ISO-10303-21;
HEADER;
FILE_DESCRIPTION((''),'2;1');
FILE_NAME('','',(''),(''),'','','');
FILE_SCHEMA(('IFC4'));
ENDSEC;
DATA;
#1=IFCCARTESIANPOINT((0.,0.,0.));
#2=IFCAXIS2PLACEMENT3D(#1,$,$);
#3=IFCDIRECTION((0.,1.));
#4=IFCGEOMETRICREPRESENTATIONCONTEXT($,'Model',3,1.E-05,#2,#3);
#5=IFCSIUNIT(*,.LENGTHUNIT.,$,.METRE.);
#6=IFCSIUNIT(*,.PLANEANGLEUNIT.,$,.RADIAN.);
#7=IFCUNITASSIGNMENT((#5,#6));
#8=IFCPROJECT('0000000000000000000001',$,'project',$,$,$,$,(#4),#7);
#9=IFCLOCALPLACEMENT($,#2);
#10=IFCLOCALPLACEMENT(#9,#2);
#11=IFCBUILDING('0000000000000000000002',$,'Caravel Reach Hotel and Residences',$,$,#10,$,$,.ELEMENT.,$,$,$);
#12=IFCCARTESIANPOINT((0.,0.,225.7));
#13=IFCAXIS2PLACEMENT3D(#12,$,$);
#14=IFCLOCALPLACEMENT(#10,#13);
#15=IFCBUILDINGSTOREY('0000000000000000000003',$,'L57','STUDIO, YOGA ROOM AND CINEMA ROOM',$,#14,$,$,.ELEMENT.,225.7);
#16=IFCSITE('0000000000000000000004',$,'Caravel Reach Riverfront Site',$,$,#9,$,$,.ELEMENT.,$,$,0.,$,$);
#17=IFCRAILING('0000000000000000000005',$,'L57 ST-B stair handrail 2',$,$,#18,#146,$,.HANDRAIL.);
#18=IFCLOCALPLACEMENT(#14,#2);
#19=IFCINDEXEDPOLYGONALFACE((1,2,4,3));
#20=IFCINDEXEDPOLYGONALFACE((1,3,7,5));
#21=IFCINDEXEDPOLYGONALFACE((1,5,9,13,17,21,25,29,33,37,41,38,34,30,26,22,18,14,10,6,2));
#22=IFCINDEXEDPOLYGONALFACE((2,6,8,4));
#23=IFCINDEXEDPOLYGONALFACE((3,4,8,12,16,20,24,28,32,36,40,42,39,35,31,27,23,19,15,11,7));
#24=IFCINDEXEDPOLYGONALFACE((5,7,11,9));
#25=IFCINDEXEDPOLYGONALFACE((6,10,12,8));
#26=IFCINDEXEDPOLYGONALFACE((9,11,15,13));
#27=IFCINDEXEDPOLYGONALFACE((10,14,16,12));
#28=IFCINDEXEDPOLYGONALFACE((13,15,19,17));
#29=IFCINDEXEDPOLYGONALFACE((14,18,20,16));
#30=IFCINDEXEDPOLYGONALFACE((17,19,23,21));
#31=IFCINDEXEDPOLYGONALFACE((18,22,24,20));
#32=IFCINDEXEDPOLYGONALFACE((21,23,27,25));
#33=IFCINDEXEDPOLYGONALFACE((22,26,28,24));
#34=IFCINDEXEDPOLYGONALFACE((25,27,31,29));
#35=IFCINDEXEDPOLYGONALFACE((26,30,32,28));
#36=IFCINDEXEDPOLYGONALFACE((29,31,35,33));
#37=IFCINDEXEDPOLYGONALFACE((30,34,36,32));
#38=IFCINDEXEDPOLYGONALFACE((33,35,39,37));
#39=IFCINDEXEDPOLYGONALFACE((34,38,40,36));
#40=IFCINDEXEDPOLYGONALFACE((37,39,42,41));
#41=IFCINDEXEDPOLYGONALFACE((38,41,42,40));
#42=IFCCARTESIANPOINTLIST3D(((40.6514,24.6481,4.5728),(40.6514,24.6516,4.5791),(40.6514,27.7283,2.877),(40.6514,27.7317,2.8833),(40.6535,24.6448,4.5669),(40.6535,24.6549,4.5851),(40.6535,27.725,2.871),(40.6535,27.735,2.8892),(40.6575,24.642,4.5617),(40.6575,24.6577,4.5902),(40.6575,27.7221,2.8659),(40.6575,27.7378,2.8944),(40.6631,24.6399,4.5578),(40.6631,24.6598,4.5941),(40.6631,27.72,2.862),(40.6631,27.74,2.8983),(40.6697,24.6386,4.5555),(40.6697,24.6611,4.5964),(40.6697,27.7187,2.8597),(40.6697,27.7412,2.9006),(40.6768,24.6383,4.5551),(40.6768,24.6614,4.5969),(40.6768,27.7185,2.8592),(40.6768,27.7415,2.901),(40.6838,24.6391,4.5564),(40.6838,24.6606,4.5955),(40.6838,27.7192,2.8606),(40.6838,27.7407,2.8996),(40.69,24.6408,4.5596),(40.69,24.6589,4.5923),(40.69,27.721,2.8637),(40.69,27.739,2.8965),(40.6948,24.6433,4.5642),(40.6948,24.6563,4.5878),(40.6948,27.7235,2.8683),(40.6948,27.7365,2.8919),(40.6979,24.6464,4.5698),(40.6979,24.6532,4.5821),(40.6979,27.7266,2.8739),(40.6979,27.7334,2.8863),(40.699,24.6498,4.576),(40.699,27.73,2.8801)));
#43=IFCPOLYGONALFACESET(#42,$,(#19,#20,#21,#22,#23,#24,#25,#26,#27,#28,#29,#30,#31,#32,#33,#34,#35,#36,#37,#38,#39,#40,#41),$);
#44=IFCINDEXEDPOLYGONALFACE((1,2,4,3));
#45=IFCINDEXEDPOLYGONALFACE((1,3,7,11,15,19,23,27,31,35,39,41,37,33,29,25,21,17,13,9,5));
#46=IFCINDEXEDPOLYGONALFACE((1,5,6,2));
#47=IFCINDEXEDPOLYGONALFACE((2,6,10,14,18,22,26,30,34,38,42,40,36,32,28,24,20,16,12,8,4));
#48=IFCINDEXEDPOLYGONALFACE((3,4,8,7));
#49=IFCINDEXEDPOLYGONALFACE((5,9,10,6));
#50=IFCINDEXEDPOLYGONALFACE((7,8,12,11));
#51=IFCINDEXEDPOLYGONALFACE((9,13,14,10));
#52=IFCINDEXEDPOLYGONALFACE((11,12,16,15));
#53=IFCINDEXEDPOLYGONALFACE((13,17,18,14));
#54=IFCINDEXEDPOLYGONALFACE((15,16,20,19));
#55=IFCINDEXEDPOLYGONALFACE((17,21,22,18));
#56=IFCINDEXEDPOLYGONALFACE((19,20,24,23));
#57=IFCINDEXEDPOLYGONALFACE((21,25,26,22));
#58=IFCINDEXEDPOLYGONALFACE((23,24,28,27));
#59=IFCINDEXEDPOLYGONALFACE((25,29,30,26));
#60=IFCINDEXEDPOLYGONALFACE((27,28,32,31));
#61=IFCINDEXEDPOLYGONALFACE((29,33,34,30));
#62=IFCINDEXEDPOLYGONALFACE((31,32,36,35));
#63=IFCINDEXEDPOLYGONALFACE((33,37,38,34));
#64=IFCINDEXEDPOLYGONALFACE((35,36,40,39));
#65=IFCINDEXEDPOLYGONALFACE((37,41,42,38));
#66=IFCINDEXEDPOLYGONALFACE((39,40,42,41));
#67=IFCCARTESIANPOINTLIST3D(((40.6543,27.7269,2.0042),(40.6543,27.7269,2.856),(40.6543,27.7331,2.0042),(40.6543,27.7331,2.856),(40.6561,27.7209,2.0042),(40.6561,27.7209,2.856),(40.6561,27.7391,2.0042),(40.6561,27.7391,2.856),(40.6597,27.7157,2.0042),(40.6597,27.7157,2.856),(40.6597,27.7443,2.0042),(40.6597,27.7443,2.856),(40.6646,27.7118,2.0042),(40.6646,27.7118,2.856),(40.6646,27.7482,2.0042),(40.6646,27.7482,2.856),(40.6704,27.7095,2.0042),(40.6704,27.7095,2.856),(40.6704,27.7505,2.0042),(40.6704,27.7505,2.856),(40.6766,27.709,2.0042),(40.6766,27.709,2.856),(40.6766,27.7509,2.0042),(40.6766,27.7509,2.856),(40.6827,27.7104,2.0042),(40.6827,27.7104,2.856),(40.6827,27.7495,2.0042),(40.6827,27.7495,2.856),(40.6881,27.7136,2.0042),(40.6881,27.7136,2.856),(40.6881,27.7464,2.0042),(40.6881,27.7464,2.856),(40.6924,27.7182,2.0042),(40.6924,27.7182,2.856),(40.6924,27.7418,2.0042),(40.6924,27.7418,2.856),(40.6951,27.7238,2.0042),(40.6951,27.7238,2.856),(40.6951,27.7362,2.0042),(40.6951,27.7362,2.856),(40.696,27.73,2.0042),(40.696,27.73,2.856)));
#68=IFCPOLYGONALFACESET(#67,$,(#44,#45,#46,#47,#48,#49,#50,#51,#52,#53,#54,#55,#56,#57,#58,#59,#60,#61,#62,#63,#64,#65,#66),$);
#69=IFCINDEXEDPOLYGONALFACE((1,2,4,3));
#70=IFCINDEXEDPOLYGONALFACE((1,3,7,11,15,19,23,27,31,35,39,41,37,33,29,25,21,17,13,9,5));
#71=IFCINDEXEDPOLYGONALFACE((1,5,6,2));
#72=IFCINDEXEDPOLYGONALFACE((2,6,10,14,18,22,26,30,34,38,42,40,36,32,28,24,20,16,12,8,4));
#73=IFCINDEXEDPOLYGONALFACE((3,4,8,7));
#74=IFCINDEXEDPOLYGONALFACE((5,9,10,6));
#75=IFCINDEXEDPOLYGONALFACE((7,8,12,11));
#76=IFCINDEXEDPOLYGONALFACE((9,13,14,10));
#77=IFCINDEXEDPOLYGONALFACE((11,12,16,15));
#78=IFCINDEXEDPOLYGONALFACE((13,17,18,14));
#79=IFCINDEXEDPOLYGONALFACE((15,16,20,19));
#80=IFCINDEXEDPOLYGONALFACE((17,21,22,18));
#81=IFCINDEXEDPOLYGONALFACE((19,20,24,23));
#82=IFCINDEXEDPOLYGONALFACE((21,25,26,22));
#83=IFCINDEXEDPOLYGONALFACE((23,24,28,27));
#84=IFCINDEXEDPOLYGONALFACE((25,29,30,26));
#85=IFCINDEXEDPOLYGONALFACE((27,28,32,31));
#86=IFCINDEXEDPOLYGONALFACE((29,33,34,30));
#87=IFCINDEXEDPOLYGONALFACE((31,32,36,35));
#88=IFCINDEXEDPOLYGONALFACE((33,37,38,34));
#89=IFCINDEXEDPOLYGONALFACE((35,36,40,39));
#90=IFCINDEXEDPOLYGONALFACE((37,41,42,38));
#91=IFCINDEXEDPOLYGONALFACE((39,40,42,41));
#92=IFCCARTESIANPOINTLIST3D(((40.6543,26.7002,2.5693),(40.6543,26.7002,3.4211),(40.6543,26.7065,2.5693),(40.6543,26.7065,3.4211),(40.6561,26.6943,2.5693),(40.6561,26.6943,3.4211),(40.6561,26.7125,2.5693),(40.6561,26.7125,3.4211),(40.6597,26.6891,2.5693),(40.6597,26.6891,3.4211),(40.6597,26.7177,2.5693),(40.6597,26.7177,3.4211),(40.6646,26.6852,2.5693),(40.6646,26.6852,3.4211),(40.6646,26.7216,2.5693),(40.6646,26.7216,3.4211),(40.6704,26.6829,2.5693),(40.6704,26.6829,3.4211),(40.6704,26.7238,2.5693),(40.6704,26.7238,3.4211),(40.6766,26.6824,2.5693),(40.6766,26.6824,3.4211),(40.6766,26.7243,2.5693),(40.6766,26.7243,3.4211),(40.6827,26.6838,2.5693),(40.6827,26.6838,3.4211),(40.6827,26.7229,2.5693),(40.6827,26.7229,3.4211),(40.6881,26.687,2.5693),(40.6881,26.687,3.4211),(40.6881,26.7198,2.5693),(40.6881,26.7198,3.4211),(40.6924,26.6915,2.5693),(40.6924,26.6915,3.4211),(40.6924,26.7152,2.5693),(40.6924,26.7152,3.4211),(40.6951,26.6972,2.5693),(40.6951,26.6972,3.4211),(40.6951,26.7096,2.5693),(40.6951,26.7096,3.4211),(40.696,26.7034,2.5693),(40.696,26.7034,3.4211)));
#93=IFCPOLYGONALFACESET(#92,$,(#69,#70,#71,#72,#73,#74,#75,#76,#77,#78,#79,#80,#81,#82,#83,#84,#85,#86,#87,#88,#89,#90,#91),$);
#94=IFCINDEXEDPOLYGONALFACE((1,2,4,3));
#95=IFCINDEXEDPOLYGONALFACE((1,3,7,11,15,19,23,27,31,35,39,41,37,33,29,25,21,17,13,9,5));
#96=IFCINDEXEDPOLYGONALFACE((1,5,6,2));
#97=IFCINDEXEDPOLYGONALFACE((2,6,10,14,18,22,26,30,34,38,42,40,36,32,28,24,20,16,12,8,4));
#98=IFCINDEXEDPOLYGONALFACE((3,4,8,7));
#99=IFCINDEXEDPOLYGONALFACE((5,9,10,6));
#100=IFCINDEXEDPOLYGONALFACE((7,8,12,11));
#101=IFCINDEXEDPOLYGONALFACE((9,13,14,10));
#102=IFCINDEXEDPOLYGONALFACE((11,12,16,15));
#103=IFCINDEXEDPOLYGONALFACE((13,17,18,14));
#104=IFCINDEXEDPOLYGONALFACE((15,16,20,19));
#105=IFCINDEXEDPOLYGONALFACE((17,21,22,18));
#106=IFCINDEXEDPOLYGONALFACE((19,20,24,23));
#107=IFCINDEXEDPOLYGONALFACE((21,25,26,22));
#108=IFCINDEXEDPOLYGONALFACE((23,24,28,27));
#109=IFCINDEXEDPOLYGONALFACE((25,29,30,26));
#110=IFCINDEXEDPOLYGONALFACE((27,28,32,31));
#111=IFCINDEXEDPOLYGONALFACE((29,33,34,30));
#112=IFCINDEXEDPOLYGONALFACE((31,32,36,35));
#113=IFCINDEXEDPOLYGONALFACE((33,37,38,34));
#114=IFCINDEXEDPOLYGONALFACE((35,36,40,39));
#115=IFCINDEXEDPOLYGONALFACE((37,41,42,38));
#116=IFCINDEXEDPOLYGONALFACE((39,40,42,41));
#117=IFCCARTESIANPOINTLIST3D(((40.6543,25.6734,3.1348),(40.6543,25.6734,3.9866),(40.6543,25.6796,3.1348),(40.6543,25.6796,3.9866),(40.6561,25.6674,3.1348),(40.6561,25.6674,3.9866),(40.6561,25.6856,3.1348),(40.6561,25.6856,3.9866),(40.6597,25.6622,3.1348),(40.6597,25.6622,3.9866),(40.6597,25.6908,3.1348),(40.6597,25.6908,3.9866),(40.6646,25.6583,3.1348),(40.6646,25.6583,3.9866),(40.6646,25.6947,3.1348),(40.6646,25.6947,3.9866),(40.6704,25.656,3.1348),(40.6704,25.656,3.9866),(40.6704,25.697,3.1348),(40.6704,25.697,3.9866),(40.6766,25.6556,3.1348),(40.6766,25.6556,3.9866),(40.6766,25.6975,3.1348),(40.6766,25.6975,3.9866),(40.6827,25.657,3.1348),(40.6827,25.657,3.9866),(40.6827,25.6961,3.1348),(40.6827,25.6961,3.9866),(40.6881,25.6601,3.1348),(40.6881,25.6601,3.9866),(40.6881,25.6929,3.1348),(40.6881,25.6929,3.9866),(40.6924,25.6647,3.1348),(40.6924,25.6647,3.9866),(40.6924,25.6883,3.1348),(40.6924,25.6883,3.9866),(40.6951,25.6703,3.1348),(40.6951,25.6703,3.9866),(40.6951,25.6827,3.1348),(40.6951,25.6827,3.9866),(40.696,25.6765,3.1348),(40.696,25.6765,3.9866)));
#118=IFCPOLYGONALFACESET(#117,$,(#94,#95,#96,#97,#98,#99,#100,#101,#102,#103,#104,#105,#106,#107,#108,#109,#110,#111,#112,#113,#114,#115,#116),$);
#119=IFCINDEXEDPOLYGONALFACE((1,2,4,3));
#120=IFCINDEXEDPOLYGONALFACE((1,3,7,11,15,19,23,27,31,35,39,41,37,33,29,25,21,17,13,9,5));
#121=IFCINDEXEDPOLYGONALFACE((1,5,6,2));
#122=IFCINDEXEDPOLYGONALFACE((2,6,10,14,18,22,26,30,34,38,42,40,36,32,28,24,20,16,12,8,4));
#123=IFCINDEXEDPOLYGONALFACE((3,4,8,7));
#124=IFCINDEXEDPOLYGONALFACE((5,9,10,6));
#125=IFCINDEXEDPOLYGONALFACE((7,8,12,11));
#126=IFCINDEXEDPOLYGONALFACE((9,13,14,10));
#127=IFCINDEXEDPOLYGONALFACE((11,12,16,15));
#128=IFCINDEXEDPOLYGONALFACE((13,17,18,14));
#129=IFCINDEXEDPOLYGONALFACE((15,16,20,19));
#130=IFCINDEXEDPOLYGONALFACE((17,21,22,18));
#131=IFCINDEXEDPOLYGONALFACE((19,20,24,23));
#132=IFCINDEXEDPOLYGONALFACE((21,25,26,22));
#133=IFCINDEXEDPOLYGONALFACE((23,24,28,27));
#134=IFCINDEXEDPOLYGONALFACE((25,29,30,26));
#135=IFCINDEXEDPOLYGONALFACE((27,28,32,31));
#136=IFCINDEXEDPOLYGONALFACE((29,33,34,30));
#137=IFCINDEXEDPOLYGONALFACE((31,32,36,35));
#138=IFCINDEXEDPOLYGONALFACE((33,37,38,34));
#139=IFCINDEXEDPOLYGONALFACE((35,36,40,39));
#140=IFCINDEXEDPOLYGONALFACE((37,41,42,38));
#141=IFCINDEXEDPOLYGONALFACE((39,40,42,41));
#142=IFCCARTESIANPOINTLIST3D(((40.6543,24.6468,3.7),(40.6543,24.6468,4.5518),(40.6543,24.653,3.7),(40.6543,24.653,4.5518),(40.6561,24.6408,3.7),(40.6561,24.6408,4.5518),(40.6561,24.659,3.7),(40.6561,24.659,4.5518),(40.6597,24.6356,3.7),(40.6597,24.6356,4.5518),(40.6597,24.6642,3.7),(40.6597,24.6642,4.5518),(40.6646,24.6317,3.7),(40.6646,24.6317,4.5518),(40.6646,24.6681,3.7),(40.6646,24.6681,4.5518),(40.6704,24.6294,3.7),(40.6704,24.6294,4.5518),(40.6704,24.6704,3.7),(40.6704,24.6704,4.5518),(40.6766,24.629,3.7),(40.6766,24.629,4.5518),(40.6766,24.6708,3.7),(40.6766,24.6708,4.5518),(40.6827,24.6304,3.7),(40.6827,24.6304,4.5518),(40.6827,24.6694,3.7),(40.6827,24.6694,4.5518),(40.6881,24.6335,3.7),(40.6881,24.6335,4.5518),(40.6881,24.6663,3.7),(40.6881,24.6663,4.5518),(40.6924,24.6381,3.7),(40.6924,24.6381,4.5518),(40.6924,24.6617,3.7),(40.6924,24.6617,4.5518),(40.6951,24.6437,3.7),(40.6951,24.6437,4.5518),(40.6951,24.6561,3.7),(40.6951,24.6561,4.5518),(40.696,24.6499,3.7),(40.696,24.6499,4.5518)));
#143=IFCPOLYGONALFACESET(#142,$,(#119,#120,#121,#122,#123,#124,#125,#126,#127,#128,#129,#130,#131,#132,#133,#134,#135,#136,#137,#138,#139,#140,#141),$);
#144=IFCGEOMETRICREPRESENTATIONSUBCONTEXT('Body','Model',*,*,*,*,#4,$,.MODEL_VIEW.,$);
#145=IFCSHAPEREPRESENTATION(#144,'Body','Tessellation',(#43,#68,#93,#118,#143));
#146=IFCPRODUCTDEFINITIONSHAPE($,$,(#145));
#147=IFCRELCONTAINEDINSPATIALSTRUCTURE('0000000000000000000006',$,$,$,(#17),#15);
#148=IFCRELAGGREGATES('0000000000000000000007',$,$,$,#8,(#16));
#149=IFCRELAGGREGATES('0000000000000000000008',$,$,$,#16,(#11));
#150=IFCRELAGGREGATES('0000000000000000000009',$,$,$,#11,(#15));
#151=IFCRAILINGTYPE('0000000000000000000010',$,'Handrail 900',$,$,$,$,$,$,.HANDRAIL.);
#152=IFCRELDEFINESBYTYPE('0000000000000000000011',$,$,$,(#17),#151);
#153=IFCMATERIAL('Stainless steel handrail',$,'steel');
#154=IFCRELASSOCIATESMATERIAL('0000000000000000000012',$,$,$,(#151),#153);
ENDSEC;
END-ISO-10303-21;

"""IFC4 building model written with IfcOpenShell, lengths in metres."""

from ifc_helpers import new_model, si_unit, direction, frame, origin, origin_2d, place, context, subcontext, project, spatial, circle, extrude, material, type_object, element, save


model = new_model("IFC4")

# Units and contexts
model_context = context("Model", 3, precision=1e-05, world=origin(), true_north=direction((0.0, 1.0)))
body_context = subcontext(model_context, "Body", "Model", "MODEL_VIEW")
ifc_project = project(units=[si_unit("LENGTHUNIT", "METRE"), si_unit("PLANEANGLEUNIT", "RADIAN")], contexts=[model_context])

# Site, building, storey
site_placement = place(None, origin())
site = spatial("IfcSite", under=ifc_project, at=site_placement, Name="Caravel Reach Riverfront Site", CompositionType="ELEMENT", RefElevation=0.0)
building_placement = place(site_placement, origin())
building = spatial("IfcBuilding", under=site, at=building_placement, Name="Caravel Reach Hotel and Residences", CompositionType="ELEMENT")
storey_placement = place(building_placement, frame((0.0, 0.0, 225.7)))
storey = spatial("IfcBuildingStorey", under=building, at=storey_placement, Name="L57", Description="STUDIO, YOGA ROOM AND CINEMA ROOM", CompositionType="ELEMENT", Elevation=225.7)

# Railing
ifc_material_1 = material(Name="Stainless steel handrail", Category="steel")
railing_type = type_object("IfcRailingType", Name="Handrail 900", PredefinedType="HANDRAIL", material=ifc_material_1)
railing_placement = place(storey_placement, frame((40.675, 27.73, 2.0042)))
element("IfcRailing", 1, at=railing_placement, inside=storey, type_object=railing_type, Name="L57 ST-B stair handrail 2", PredefinedType="HANDRAIL", context=body_context, shape_type="SweptSolid", body=[
    extrude(circle(Radius=0.0239, at=origin_2d()), frame((0.0, 0.0, 0.876), z_axis=(0.0, -0.876005, 0.482303), x_axis=(1.0, 0.0, 0.0)), (0.0, 0.0, 1.0), 3.5161),
    extrude(circle(Radius=0.021, at=origin_2d()), origin(), (0.0, 0.0, 1.0), 0.8518),
    extrude(circle(Radius=0.021, at=origin_2d()), frame((0.0, -1.0266, 0.5652)), (0.0, 0.0, 1.0), 0.8518),
    extrude(circle(Radius=0.021, at=origin_2d()), frame((0.0, -2.0535, 1.1306)), (0.0, 0.0, 1.0), 0.8518),
    extrude(circle(Radius=0.021, at=origin_2d()), frame((0.0, -3.0801, 1.6958)), (0.0, 0.0, 1.0), 0.8518),
])

save(model, "model.ifc")
